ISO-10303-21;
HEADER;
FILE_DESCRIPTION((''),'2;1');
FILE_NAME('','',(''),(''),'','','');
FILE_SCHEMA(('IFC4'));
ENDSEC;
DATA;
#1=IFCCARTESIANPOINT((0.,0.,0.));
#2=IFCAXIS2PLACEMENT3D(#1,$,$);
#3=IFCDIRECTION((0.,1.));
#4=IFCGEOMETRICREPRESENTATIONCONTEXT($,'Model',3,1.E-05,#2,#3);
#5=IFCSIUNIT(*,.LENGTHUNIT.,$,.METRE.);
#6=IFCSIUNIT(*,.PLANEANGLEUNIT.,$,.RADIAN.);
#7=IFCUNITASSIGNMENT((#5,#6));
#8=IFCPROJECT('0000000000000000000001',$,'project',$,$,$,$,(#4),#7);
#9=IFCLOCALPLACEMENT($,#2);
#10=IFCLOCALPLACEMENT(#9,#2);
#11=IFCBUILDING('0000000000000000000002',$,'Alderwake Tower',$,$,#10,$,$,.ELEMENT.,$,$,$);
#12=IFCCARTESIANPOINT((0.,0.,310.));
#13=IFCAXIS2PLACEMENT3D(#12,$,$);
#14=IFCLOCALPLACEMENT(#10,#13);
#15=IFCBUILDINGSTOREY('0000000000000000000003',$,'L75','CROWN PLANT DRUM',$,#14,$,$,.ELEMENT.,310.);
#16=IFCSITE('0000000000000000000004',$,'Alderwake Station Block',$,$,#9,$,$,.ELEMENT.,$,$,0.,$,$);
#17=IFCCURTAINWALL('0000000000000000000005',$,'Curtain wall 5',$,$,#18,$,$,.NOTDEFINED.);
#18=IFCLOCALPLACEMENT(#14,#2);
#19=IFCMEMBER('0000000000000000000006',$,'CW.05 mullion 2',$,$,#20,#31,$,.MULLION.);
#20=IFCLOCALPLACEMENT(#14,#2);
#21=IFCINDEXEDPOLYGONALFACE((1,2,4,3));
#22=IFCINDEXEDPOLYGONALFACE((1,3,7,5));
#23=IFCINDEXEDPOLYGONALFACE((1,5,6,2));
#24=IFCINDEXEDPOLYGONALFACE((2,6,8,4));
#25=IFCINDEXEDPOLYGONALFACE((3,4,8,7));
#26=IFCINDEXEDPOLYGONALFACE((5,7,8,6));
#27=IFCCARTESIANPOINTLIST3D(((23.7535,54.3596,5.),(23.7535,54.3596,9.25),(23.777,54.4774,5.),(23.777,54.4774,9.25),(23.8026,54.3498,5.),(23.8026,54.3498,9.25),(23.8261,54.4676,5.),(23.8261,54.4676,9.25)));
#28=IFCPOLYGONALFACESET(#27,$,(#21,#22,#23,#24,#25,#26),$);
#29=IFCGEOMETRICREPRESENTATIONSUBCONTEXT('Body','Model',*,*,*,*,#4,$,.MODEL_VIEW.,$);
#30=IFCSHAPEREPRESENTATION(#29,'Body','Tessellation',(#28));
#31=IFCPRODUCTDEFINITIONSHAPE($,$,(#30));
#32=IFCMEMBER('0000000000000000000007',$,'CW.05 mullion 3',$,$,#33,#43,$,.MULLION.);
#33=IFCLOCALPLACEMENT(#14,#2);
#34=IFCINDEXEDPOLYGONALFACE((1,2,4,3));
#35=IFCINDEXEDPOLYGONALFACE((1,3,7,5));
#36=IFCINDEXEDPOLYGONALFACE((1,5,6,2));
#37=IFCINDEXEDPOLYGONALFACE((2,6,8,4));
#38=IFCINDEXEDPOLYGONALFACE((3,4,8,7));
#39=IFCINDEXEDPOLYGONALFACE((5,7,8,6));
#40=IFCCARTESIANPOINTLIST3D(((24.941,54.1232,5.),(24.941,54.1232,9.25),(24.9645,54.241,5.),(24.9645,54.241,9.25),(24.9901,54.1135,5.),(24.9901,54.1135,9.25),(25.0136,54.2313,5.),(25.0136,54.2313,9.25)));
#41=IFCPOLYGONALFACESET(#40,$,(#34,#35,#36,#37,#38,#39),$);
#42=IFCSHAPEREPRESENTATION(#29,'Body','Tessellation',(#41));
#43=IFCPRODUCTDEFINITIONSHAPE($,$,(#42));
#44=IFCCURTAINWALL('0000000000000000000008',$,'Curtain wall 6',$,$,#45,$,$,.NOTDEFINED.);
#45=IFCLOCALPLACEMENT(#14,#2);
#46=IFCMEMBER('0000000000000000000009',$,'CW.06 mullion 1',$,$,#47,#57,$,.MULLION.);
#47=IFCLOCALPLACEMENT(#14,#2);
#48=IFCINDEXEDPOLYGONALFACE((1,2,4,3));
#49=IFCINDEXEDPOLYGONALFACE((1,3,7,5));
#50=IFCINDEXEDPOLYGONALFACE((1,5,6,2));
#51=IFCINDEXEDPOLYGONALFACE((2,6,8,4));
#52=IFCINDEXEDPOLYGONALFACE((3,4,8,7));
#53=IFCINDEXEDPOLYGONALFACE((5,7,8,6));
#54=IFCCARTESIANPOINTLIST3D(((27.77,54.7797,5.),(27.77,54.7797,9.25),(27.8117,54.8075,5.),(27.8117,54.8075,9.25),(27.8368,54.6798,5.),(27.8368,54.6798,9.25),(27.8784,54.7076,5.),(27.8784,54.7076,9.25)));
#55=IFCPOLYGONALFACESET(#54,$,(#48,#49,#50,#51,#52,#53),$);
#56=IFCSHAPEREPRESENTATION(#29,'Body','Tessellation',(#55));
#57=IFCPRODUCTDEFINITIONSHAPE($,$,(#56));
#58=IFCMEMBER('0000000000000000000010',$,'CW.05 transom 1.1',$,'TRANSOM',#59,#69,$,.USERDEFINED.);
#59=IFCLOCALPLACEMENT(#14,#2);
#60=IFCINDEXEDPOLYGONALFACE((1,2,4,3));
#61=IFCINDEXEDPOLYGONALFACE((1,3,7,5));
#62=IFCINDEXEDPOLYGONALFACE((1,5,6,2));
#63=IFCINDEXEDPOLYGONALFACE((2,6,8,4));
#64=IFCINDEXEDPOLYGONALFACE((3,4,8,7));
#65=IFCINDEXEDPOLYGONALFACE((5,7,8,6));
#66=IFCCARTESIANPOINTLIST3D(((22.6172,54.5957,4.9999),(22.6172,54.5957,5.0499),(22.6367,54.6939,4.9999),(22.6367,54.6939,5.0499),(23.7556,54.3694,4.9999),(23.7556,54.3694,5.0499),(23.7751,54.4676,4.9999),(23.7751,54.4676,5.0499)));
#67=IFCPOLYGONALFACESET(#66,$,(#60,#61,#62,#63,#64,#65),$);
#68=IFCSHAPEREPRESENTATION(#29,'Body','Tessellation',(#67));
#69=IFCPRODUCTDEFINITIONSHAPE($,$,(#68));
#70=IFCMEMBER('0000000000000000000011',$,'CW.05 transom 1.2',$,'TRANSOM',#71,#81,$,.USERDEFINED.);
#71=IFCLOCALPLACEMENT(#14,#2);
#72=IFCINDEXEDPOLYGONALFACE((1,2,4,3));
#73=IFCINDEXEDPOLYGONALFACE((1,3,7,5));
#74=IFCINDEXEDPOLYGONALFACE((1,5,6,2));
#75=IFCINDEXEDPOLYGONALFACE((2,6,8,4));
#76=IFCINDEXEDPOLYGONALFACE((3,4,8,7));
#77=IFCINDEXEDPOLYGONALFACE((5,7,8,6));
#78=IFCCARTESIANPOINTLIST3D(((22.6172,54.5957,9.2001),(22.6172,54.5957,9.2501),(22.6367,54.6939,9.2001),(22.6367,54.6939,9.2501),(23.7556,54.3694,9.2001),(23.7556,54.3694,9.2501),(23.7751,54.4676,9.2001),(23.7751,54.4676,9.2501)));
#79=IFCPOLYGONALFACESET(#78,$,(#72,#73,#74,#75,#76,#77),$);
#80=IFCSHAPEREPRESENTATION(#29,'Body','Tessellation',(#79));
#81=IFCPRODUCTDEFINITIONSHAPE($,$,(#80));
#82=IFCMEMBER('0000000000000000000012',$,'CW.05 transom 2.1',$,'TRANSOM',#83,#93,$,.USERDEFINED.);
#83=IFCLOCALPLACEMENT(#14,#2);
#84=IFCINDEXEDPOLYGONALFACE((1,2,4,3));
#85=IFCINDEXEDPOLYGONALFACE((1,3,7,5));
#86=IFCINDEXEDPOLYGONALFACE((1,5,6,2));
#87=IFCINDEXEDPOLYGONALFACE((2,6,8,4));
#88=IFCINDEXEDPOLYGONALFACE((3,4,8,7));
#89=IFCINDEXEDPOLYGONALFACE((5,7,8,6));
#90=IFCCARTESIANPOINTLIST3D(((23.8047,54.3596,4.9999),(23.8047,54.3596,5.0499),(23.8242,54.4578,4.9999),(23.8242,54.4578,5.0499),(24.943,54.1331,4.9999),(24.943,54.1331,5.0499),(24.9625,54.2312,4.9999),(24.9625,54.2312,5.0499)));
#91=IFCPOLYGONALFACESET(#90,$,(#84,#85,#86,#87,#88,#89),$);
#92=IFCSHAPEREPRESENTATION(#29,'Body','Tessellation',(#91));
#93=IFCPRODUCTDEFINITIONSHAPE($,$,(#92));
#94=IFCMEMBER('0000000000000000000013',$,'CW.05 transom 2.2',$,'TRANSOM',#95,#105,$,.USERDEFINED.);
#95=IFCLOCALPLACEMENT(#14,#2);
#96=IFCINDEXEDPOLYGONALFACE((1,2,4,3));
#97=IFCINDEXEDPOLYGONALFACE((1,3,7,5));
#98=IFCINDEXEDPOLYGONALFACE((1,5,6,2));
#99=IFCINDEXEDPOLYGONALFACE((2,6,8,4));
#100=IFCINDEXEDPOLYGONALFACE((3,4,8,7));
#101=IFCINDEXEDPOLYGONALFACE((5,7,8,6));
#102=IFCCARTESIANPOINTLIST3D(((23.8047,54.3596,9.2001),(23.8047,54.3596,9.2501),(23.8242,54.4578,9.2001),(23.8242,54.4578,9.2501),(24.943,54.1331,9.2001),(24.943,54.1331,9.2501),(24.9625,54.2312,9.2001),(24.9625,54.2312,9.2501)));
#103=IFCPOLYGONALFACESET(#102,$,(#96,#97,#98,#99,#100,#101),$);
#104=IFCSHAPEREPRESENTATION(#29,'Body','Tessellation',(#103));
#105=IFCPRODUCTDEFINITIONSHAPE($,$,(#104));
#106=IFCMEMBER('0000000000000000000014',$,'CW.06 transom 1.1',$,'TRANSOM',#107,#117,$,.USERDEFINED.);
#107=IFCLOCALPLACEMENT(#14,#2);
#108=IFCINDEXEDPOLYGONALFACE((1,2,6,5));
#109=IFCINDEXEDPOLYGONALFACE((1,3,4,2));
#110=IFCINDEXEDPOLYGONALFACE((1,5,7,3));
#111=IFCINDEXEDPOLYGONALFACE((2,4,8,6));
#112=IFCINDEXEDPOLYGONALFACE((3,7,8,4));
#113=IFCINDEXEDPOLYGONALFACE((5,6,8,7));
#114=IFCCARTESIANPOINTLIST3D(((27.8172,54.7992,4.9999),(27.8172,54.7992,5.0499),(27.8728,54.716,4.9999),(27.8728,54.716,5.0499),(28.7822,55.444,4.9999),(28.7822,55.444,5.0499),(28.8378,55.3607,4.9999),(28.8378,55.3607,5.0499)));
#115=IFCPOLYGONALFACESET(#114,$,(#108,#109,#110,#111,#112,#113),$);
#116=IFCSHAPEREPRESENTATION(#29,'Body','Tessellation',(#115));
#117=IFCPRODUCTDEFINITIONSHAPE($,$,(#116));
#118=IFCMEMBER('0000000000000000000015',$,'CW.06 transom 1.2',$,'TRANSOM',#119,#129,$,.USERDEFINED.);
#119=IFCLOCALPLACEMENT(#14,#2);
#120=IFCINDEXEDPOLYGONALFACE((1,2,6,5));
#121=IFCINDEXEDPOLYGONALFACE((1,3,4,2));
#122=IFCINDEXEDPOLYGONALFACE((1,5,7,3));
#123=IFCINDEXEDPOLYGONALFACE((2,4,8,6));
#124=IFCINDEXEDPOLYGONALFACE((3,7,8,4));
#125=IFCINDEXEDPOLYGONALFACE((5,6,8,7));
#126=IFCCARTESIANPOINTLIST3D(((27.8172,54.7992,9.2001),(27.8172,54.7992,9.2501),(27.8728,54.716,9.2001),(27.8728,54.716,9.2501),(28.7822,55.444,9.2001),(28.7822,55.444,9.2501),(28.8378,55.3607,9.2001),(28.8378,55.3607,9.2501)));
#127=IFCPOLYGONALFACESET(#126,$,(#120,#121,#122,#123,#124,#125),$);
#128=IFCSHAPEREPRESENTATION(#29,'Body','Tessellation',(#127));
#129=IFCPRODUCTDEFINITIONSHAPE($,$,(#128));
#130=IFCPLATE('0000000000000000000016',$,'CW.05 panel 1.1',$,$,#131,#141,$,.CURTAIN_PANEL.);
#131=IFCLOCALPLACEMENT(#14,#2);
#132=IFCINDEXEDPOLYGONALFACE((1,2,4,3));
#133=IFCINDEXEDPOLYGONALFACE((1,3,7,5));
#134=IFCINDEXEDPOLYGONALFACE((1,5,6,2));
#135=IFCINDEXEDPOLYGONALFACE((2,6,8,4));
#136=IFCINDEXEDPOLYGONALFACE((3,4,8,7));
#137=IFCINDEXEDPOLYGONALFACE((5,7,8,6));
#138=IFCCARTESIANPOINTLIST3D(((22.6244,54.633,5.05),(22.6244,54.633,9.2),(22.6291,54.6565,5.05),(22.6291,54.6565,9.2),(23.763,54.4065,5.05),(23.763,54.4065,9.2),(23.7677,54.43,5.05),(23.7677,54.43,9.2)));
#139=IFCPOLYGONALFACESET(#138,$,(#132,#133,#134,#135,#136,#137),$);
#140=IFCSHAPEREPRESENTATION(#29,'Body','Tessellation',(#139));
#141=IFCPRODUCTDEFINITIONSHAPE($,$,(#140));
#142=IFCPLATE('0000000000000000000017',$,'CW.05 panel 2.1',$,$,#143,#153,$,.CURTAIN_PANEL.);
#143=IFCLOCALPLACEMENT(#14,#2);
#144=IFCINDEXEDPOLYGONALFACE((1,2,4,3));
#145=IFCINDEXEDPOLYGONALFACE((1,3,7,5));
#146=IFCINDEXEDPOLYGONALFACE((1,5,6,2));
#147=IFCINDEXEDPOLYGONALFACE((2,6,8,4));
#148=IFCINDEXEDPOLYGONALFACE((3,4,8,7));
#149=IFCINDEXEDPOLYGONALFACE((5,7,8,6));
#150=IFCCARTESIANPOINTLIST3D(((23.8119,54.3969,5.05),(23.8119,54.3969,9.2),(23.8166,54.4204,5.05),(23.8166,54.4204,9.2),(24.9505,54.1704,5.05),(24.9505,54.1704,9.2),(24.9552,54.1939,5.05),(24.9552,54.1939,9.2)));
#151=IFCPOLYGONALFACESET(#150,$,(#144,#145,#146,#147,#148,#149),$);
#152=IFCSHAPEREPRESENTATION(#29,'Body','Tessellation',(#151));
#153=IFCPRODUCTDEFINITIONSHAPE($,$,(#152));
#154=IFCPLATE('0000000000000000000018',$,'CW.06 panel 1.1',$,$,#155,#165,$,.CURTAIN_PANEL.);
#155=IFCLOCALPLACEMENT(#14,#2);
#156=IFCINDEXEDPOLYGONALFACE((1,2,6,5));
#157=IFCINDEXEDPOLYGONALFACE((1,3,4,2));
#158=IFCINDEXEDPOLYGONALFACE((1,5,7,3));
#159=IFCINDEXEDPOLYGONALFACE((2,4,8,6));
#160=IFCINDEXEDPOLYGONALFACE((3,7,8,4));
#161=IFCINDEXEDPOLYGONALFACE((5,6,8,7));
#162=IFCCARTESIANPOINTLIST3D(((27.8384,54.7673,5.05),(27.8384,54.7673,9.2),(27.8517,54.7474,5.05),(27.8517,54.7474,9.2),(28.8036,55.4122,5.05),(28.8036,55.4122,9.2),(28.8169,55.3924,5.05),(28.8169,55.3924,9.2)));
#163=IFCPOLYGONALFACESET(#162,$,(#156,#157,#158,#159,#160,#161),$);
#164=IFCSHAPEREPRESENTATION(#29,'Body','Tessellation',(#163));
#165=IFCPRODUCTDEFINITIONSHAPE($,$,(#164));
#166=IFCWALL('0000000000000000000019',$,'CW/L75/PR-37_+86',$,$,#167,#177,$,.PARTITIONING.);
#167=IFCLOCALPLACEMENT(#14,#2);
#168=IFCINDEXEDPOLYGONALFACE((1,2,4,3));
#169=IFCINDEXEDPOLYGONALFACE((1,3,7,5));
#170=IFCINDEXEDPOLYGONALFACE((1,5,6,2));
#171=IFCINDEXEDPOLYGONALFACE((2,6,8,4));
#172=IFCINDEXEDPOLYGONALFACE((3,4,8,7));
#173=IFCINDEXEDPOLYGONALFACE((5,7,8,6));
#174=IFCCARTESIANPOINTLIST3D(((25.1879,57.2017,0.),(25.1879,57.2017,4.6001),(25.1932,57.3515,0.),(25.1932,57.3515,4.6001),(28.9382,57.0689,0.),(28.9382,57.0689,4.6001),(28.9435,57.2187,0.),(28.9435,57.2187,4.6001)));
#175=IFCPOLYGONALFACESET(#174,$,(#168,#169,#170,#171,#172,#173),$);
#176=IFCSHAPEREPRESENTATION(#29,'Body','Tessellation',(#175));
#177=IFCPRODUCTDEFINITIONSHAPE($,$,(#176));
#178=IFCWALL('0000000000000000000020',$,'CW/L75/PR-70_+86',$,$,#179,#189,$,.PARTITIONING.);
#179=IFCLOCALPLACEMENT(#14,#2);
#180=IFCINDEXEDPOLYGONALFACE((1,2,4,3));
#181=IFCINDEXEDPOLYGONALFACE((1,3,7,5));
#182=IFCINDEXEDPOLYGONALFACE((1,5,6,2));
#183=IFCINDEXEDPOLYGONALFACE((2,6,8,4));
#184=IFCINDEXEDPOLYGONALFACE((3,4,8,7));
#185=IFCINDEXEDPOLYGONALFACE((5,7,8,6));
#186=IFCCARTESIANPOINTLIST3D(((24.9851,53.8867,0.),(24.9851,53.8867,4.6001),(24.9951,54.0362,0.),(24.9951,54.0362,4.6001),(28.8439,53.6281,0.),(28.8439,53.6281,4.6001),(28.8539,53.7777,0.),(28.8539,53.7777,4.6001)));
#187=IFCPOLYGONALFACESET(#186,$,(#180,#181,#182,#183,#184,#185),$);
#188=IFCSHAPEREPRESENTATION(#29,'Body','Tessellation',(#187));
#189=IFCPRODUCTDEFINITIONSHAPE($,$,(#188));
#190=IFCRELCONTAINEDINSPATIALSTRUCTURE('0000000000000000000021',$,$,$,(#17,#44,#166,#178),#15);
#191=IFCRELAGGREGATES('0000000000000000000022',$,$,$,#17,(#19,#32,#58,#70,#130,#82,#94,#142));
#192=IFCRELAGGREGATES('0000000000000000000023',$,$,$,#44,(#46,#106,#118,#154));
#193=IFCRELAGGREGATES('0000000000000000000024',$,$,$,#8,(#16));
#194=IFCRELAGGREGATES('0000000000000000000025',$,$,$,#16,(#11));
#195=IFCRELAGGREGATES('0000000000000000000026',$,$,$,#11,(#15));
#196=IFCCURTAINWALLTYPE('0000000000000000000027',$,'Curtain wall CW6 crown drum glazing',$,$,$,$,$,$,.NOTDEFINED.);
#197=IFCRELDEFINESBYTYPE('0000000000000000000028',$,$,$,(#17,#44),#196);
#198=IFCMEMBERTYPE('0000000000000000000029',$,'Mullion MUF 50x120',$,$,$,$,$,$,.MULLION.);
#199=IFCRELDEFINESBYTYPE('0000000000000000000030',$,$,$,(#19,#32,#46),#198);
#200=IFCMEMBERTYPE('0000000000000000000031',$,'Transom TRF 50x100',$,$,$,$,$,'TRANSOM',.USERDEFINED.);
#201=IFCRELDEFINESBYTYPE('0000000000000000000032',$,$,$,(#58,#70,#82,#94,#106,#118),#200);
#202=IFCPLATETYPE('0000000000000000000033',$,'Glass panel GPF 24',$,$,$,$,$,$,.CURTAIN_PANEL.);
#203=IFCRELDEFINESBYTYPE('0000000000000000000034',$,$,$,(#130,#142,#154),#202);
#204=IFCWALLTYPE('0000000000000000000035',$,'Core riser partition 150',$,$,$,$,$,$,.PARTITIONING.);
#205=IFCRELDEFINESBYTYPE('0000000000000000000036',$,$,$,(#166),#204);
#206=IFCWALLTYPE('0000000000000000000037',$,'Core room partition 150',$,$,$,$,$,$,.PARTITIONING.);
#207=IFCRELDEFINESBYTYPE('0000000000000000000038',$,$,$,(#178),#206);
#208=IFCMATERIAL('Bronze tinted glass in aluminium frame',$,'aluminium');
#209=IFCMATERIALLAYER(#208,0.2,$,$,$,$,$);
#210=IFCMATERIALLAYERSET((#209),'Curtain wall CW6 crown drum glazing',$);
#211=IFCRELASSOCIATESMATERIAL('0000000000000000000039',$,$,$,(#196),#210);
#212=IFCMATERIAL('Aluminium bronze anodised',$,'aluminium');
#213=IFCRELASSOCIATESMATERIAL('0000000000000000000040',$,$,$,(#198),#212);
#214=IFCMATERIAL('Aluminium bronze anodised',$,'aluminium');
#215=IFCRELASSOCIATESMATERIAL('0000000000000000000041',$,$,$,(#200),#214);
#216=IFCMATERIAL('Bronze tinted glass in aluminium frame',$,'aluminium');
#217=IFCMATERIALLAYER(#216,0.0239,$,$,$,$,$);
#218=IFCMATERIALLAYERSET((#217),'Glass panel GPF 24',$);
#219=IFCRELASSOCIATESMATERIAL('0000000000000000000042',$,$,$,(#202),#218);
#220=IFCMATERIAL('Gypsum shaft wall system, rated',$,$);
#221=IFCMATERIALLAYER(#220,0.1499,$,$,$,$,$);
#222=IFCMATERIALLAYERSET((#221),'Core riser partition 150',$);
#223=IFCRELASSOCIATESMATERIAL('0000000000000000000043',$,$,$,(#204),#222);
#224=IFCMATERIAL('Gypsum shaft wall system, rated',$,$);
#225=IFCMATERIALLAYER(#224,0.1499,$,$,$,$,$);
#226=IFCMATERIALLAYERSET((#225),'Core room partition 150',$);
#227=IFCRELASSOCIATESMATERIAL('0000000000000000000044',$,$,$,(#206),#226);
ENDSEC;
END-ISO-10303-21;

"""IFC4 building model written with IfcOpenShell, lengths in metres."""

from ifc_helpers import new_model, si_unit, direction, frame, frame_2d, origin, origin_2d, place, context, subcontext, project, spatial, rectangle, extrude, material, layer, layer_set, material_profile, profile_set, type_object, element, aggregate, save


model = new_model("IFC4")

# Units and contexts
model_context = context("Model", 3, precision=1e-05, world=origin(), true_north=direction((0.0, 1.0)))
body_context = subcontext(model_context, "Body", "Model", "MODEL_VIEW")
ifc_project = project(units=[si_unit("LENGTHUNIT", "METRE"), si_unit("PLANEANGLEUNIT", "RADIAN")], contexts=[model_context])

# Site, building, storey
site_placement = place(None, origin())
site = spatial("IfcSite", under=ifc_project, at=site_placement, Name="Alderwake Station Block", CompositionType="ELEMENT", RefElevation=0.0)
building_placement = place(site_placement, origin())
building = spatial("IfcBuilding", under=site, at=building_placement, Name="Alderwake Tower", CompositionType="ELEMENT")
storey_placement = place(building_placement, frame((0.0, 0.0, 310.0)))
storey = spatial("IfcBuildingStorey", under=building, at=storey_placement, Name="L75", Description="CROWN PLANT DRUM", CompositionType="ELEMENT", Elevation=310.0)

# Curtain wall, members
ifc_material_1 = material(Name="Bronze tinted glass in aluminium frame", Category="aluminium")
ifc_layer_1 = layer(ifc_material_1, 0.2)
ifc_layer_set_1 = layer_set([ifc_layer_1], Name="Curtain wall CW6 crown drum glazing")
curtain_wall_type = type_object("IfcCurtainWallType", Name="Curtain wall CW6 crown drum glazing", PredefinedType="NOTDEFINED", material=ifc_layer_set_1)
curtain_wall_1_placement = place(storey_placement, origin())
curtain_wall_1 = element("IfcCurtainWall", 1, at=curtain_wall_1_placement, inside=storey, type_object=curtain_wall_type, Name="Curtain wall 5", PredefinedType="NOTDEFINED")
ifc_material_2 = material(Name="Aluminium bronze anodised", Category="aluminium")
ifc_material_profile_1 = material_profile(ifc_material_2, rectangle(XDim=0.1201, YDim=0.05, at=origin_2d()), Name="Mullion MUF 50x120")
ifc_profile_set_1 = profile_set([ifc_material_profile_1], Name="Aluminium bronze anodised")
member_type_1 = type_object("IfcMemberType", Name="Mullion MUF 50x120", PredefinedType="MULLION", material=ifc_profile_set_1)
member_1_placement = place(storey_placement, frame((23.7898, 54.4136, 5.0), z_axis=(0.0, 0.0, 1.0), x_axis=(0.195097, 0.980784, 0.0)))
member_1 = element("IfcMember", 2, at=member_1_placement, type_object=member_type_1, Name="CW.05 mullion 2", PredefinedType="MULLION", context=body_context, shape_type="SweptSolid", body=[
    extrude(rectangle(XDim=0.1201, YDim=0.05, at=origin_2d()), origin(), (0.0, 0.0, 1.0), 4.25),
])
member_2_placement = place(storey_placement, frame((24.9773, 54.1772, 5.0), z_axis=(0.0, 0.0, 1.0), x_axis=(0.195097, 0.980784, 0.0)))
member_2 = element("IfcMember", 3, at=member_2_placement, type_object=member_type_1, Name="CW.05 mullion 3", PredefinedType="MULLION", context=body_context, shape_type="SweptSolid", body=[
    extrude(rectangle(XDim=0.1201, YDim=0.05, at=origin_2d()), origin(), (0.0, 0.0, 1.0), 4.25),
])

# Curtain wall, member
curtain_wall_2_placement = place(storey_placement, origin())
curtain_wall_2 = element("IfcCurtainWall", 4, at=curtain_wall_2_placement, inside=storey, type_object=curtain_wall_type, Name="Curtain wall 6", PredefinedType="NOTDEFINED")
member_3_placement = place(storey_placement, frame((27.8242, 54.7437, 5.0), z_axis=(0.0, 0.0, 1.0), x_axis=(-0.55555, 0.831483, 0.0)))
member_3 = element("IfcMember", 5, at=member_3_placement, type_object=member_type_1, Name="CW.06 mullion 1", PredefinedType="MULLION", context=body_context, shape_type="SweptSolid", body=[
    extrude(rectangle(XDim=0.1201, YDim=0.05, at=origin_2d()), origin(), (0.0, 0.0, 1.0), 4.25),
])

# Members
ifc_material_3 = material(Name="Aluminium bronze anodised", Category="aluminium")
ifc_material_profile_2 = material_profile(ifc_material_3, rectangle(XDim=0.1001, YDim=0.05, at=origin_2d()), Name="Transom TRF 50x100")
ifc_profile_set_2 = profile_set([ifc_material_profile_2], Name="Aluminium bronze anodised")
member_type_2 = type_object("IfcMemberType", Name="Transom TRF 50x100", ElementType="TRANSOM", PredefinedType="USERDEFINED", material=ifc_profile_set_2)
member_4_placement = place(storey_placement, frame((22.627, 54.6448, 5.0249), z_axis=(0.980807, -0.194983, 0.0), x_axis=(0.194983, 0.980807, 0.0)))
member_4 = element("IfcMember", 6, at=member_4_placement, type_object=member_type_2, Name="CW.05 transom 1.1", ObjectType="TRANSOM", PredefinedType="USERDEFINED", context=body_context, shape_type="SweptSolid", body=[
    extrude(rectangle(XDim=0.1001, YDim=0.05, at=origin_2d()), origin(), (0.0, 0.0, 1.0), 1.1606),
])
member_5_placement = place(storey_placement, frame((22.627, 54.6448, 9.2251), z_axis=(0.980807, -0.194983, 0.0), x_axis=(0.194983, 0.980807, 0.0)))
member_5 = element("IfcMember", 7, at=member_5_placement, type_object=member_type_2, Name="CW.05 transom 1.2", ObjectType="TRANSOM", PredefinedType="USERDEFINED", context=body_context, shape_type="SweptSolid", body=[
    extrude(rectangle(XDim=0.1001, YDim=0.05, at=origin_2d()), origin(), (0.0, 0.0, 1.0), 1.1606),
])
member_6_placement = place(storey_placement, frame((23.8145, 54.4087, 5.0249), z_axis=(0.980766, -0.195186, 0.0), x_axis=(0.195186, 0.980766, 0.0)))
member_6 = element("IfcMember", 8, at=member_6_placement, type_object=member_type_2, Name="CW.05 transom 2.1", ObjectType="TRANSOM", PredefinedType="USERDEFINED", context=body_context, shape_type="SweptSolid", body=[
    extrude(rectangle(XDim=0.1001, YDim=0.05, at=origin_2d()), origin(), (0.0, 0.0, 1.0), 1.1606),
])
member_7_placement = place(storey_placement, frame((23.8145, 54.4087, 9.2251), z_axis=(0.980766, -0.195186, 0.0), x_axis=(0.195186, 0.980766, 0.0)))
member_7 = element("IfcMember", 9, at=member_7_placement, type_object=member_type_2, Name="CW.05 transom 2.2", ObjectType="TRANSOM", PredefinedType="USERDEFINED", context=body_context, shape_type="SweptSolid", body=[
    extrude(rectangle(XDim=0.1001, YDim=0.05, at=origin_2d()), origin(), (0.0, 0.0, 1.0), 1.1606),
])
member_8_placement = place(storey_placement, frame((27.845, 54.7576, 5.0249), z_axis=(0.8315, 0.555525, 0.0), x_axis=(-0.555525, 0.8315, 0.0)))
member_8 = element("IfcMember", 10, at=member_8_placement, type_object=member_type_2, Name="CW.06 transom 1.1", ObjectType="TRANSOM", PredefinedType="USERDEFINED", context=body_context, shape_type="SweptSolid", body=[
    extrude(rectangle(XDim=0.1001, YDim=0.05, at=origin_2d()), origin(), (0.0, 0.0, 1.0), 1.1606),
])
member_9_placement = place(storey_placement, frame((27.845, 54.7576, 9.2251), z_axis=(0.8315, 0.555525, 0.0), x_axis=(-0.555525, 0.8315, 0.0)))
member_9 = element("IfcMember", 11, at=member_9_placement, type_object=member_type_2, Name="CW.06 transom 1.2", ObjectType="TRANSOM", PredefinedType="USERDEFINED", context=body_context, shape_type="SweptSolid", body=[
    extrude(rectangle(XDim=0.1001, YDim=0.05, at=origin_2d()), origin(), (0.0, 0.0, 1.0), 1.1606),
])

# Plates
ifc_material_4 = material(Name="Bronze tinted glass in aluminium frame", Category="aluminium")
ifc_layer_2 = layer(ifc_material_4, 0.0239)
ifc_layer_set_2 = layer_set([ifc_layer_2], Name="Glass panel GPF 24")
plate_type = type_object("IfcPlateType", Name="Glass panel GPF 24", PredefinedType="CURTAIN_PANEL", material=ifc_layer_set_2)
plate_1_placement = place(storey_placement, frame((23.196, 54.5315, 5.05), z_axis=(0.0, 0.0, 1.0), x_axis=(0.980784, -0.195097, 0.0)))
plate_1 = element("IfcPlate", 12, at=plate_1_placement, type_object=plate_type, Name="CW.05 panel 1.1", PredefinedType="CURTAIN_PANEL", context=body_context, shape_type="SweptSolid", body=[
    extrude(rectangle(XDim=1.1609, YDim=0.0239, at=origin_2d()), origin(), (0.0, 0.0, 1.0), 4.1499),
])
plate_2_placement = place(storey_placement, frame((24.3835, 54.2954, 5.05), z_axis=(0.0, 0.0, 1.0), x_axis=(0.980784, -0.195097, 0.0)))
plate_2 = element("IfcPlate", 13, at=plate_2_placement, type_object=plate_type, Name="CW.05 panel 2.1", PredefinedType="CURTAIN_PANEL", context=body_context, shape_type="SweptSolid", body=[
    extrude(rectangle(XDim=1.1609, YDim=0.0239, at=origin_2d()), origin(), (0.0, 0.0, 1.0), 4.1499),
])
aggregate(curtain_wall_1, [member_1, member_2, member_4, member_5, plate_1, member_6, member_7, plate_2])
plate_3_placement = place(storey_placement, frame((28.3276, 55.0798, 5.05), z_axis=(0.0, 0.0, 1.0), x_axis=(0.831483, 0.55555, 0.0)))
plate_3 = element("IfcPlate", 14, at=plate_3_placement, type_object=plate_type, Name="CW.06 panel 1.1", PredefinedType="CURTAIN_PANEL", context=body_context, shape_type="SweptSolid", body=[
    extrude(rectangle(XDim=1.1609, YDim=0.0239, at=origin_2d()), origin(), (0.0, 0.0, 1.0), 4.1499),
])
aggregate(curtain_wall_2, [member_3, member_8, member_9, plate_3])

# Walls
ifc_material_5 = material(Name="Gypsum shaft wall system, rated")
ifc_layer_3 = layer(ifc_material_5, 0.1499)
ifc_layer_set_3 = layer_set([ifc_layer_3], Name="Core riser partition 150")
wall_type_1 = type_object("IfcWallType", Name="Core riser partition 150", PredefinedType="PARTITIONING", material=ifc_layer_set_3)
wall_1_placement = place(storey_placement, frame((25.1904, 57.2766, 0.0), z_axis=(0.0, 0.0, 1.0), x_axis=(0.999374, -0.035392, 0.0)))
element("IfcWall", 15, at=wall_1_placement, inside=storey, type_object=wall_type_1, Name="CW/L75/PR-37_+86", PredefinedType="PARTITIONING", context=body_context, shape_type="SweptSolid", body=[
    extrude(rectangle(XDim=3.7527, YDim=0.1499, at=frame_2d((1.8765, 0.0))), origin(), (0.0, 0.0, 1.0), 4.6001),
])
ifc_material_6 = material(Name="Gypsum shaft wall system, rated")
ifc_layer_4 = layer(ifc_material_6, 0.1499)
ifc_layer_set_4 = layer_set([ifc_layer_4], Name="Core room partition 150")
wall_type_2 = type_object("IfcWallType", Name="Core room partition 150", PredefinedType="PARTITIONING", material=ifc_layer_set_4)
wall_2_placement = place(storey_placement, frame((24.9902, 53.9614, 0.0), z_axis=(0.0, 0.0, 1.0), x_axis=(0.997763, -0.06685, 0.0)))
element("IfcWall", 16, at=wall_2_placement, inside=storey, type_object=wall_type_2, Name="CW/L75/PR-70_+86", PredefinedType="PARTITIONING", context=body_context, shape_type="SweptSolid", body=[
    extrude(rectangle(XDim=3.8674, YDim=0.1499, at=frame_2d((1.9336, 0.0))), origin(), (0.0, 0.0, 1.0), 4.6001),
])

save(model, "model.ifc")
